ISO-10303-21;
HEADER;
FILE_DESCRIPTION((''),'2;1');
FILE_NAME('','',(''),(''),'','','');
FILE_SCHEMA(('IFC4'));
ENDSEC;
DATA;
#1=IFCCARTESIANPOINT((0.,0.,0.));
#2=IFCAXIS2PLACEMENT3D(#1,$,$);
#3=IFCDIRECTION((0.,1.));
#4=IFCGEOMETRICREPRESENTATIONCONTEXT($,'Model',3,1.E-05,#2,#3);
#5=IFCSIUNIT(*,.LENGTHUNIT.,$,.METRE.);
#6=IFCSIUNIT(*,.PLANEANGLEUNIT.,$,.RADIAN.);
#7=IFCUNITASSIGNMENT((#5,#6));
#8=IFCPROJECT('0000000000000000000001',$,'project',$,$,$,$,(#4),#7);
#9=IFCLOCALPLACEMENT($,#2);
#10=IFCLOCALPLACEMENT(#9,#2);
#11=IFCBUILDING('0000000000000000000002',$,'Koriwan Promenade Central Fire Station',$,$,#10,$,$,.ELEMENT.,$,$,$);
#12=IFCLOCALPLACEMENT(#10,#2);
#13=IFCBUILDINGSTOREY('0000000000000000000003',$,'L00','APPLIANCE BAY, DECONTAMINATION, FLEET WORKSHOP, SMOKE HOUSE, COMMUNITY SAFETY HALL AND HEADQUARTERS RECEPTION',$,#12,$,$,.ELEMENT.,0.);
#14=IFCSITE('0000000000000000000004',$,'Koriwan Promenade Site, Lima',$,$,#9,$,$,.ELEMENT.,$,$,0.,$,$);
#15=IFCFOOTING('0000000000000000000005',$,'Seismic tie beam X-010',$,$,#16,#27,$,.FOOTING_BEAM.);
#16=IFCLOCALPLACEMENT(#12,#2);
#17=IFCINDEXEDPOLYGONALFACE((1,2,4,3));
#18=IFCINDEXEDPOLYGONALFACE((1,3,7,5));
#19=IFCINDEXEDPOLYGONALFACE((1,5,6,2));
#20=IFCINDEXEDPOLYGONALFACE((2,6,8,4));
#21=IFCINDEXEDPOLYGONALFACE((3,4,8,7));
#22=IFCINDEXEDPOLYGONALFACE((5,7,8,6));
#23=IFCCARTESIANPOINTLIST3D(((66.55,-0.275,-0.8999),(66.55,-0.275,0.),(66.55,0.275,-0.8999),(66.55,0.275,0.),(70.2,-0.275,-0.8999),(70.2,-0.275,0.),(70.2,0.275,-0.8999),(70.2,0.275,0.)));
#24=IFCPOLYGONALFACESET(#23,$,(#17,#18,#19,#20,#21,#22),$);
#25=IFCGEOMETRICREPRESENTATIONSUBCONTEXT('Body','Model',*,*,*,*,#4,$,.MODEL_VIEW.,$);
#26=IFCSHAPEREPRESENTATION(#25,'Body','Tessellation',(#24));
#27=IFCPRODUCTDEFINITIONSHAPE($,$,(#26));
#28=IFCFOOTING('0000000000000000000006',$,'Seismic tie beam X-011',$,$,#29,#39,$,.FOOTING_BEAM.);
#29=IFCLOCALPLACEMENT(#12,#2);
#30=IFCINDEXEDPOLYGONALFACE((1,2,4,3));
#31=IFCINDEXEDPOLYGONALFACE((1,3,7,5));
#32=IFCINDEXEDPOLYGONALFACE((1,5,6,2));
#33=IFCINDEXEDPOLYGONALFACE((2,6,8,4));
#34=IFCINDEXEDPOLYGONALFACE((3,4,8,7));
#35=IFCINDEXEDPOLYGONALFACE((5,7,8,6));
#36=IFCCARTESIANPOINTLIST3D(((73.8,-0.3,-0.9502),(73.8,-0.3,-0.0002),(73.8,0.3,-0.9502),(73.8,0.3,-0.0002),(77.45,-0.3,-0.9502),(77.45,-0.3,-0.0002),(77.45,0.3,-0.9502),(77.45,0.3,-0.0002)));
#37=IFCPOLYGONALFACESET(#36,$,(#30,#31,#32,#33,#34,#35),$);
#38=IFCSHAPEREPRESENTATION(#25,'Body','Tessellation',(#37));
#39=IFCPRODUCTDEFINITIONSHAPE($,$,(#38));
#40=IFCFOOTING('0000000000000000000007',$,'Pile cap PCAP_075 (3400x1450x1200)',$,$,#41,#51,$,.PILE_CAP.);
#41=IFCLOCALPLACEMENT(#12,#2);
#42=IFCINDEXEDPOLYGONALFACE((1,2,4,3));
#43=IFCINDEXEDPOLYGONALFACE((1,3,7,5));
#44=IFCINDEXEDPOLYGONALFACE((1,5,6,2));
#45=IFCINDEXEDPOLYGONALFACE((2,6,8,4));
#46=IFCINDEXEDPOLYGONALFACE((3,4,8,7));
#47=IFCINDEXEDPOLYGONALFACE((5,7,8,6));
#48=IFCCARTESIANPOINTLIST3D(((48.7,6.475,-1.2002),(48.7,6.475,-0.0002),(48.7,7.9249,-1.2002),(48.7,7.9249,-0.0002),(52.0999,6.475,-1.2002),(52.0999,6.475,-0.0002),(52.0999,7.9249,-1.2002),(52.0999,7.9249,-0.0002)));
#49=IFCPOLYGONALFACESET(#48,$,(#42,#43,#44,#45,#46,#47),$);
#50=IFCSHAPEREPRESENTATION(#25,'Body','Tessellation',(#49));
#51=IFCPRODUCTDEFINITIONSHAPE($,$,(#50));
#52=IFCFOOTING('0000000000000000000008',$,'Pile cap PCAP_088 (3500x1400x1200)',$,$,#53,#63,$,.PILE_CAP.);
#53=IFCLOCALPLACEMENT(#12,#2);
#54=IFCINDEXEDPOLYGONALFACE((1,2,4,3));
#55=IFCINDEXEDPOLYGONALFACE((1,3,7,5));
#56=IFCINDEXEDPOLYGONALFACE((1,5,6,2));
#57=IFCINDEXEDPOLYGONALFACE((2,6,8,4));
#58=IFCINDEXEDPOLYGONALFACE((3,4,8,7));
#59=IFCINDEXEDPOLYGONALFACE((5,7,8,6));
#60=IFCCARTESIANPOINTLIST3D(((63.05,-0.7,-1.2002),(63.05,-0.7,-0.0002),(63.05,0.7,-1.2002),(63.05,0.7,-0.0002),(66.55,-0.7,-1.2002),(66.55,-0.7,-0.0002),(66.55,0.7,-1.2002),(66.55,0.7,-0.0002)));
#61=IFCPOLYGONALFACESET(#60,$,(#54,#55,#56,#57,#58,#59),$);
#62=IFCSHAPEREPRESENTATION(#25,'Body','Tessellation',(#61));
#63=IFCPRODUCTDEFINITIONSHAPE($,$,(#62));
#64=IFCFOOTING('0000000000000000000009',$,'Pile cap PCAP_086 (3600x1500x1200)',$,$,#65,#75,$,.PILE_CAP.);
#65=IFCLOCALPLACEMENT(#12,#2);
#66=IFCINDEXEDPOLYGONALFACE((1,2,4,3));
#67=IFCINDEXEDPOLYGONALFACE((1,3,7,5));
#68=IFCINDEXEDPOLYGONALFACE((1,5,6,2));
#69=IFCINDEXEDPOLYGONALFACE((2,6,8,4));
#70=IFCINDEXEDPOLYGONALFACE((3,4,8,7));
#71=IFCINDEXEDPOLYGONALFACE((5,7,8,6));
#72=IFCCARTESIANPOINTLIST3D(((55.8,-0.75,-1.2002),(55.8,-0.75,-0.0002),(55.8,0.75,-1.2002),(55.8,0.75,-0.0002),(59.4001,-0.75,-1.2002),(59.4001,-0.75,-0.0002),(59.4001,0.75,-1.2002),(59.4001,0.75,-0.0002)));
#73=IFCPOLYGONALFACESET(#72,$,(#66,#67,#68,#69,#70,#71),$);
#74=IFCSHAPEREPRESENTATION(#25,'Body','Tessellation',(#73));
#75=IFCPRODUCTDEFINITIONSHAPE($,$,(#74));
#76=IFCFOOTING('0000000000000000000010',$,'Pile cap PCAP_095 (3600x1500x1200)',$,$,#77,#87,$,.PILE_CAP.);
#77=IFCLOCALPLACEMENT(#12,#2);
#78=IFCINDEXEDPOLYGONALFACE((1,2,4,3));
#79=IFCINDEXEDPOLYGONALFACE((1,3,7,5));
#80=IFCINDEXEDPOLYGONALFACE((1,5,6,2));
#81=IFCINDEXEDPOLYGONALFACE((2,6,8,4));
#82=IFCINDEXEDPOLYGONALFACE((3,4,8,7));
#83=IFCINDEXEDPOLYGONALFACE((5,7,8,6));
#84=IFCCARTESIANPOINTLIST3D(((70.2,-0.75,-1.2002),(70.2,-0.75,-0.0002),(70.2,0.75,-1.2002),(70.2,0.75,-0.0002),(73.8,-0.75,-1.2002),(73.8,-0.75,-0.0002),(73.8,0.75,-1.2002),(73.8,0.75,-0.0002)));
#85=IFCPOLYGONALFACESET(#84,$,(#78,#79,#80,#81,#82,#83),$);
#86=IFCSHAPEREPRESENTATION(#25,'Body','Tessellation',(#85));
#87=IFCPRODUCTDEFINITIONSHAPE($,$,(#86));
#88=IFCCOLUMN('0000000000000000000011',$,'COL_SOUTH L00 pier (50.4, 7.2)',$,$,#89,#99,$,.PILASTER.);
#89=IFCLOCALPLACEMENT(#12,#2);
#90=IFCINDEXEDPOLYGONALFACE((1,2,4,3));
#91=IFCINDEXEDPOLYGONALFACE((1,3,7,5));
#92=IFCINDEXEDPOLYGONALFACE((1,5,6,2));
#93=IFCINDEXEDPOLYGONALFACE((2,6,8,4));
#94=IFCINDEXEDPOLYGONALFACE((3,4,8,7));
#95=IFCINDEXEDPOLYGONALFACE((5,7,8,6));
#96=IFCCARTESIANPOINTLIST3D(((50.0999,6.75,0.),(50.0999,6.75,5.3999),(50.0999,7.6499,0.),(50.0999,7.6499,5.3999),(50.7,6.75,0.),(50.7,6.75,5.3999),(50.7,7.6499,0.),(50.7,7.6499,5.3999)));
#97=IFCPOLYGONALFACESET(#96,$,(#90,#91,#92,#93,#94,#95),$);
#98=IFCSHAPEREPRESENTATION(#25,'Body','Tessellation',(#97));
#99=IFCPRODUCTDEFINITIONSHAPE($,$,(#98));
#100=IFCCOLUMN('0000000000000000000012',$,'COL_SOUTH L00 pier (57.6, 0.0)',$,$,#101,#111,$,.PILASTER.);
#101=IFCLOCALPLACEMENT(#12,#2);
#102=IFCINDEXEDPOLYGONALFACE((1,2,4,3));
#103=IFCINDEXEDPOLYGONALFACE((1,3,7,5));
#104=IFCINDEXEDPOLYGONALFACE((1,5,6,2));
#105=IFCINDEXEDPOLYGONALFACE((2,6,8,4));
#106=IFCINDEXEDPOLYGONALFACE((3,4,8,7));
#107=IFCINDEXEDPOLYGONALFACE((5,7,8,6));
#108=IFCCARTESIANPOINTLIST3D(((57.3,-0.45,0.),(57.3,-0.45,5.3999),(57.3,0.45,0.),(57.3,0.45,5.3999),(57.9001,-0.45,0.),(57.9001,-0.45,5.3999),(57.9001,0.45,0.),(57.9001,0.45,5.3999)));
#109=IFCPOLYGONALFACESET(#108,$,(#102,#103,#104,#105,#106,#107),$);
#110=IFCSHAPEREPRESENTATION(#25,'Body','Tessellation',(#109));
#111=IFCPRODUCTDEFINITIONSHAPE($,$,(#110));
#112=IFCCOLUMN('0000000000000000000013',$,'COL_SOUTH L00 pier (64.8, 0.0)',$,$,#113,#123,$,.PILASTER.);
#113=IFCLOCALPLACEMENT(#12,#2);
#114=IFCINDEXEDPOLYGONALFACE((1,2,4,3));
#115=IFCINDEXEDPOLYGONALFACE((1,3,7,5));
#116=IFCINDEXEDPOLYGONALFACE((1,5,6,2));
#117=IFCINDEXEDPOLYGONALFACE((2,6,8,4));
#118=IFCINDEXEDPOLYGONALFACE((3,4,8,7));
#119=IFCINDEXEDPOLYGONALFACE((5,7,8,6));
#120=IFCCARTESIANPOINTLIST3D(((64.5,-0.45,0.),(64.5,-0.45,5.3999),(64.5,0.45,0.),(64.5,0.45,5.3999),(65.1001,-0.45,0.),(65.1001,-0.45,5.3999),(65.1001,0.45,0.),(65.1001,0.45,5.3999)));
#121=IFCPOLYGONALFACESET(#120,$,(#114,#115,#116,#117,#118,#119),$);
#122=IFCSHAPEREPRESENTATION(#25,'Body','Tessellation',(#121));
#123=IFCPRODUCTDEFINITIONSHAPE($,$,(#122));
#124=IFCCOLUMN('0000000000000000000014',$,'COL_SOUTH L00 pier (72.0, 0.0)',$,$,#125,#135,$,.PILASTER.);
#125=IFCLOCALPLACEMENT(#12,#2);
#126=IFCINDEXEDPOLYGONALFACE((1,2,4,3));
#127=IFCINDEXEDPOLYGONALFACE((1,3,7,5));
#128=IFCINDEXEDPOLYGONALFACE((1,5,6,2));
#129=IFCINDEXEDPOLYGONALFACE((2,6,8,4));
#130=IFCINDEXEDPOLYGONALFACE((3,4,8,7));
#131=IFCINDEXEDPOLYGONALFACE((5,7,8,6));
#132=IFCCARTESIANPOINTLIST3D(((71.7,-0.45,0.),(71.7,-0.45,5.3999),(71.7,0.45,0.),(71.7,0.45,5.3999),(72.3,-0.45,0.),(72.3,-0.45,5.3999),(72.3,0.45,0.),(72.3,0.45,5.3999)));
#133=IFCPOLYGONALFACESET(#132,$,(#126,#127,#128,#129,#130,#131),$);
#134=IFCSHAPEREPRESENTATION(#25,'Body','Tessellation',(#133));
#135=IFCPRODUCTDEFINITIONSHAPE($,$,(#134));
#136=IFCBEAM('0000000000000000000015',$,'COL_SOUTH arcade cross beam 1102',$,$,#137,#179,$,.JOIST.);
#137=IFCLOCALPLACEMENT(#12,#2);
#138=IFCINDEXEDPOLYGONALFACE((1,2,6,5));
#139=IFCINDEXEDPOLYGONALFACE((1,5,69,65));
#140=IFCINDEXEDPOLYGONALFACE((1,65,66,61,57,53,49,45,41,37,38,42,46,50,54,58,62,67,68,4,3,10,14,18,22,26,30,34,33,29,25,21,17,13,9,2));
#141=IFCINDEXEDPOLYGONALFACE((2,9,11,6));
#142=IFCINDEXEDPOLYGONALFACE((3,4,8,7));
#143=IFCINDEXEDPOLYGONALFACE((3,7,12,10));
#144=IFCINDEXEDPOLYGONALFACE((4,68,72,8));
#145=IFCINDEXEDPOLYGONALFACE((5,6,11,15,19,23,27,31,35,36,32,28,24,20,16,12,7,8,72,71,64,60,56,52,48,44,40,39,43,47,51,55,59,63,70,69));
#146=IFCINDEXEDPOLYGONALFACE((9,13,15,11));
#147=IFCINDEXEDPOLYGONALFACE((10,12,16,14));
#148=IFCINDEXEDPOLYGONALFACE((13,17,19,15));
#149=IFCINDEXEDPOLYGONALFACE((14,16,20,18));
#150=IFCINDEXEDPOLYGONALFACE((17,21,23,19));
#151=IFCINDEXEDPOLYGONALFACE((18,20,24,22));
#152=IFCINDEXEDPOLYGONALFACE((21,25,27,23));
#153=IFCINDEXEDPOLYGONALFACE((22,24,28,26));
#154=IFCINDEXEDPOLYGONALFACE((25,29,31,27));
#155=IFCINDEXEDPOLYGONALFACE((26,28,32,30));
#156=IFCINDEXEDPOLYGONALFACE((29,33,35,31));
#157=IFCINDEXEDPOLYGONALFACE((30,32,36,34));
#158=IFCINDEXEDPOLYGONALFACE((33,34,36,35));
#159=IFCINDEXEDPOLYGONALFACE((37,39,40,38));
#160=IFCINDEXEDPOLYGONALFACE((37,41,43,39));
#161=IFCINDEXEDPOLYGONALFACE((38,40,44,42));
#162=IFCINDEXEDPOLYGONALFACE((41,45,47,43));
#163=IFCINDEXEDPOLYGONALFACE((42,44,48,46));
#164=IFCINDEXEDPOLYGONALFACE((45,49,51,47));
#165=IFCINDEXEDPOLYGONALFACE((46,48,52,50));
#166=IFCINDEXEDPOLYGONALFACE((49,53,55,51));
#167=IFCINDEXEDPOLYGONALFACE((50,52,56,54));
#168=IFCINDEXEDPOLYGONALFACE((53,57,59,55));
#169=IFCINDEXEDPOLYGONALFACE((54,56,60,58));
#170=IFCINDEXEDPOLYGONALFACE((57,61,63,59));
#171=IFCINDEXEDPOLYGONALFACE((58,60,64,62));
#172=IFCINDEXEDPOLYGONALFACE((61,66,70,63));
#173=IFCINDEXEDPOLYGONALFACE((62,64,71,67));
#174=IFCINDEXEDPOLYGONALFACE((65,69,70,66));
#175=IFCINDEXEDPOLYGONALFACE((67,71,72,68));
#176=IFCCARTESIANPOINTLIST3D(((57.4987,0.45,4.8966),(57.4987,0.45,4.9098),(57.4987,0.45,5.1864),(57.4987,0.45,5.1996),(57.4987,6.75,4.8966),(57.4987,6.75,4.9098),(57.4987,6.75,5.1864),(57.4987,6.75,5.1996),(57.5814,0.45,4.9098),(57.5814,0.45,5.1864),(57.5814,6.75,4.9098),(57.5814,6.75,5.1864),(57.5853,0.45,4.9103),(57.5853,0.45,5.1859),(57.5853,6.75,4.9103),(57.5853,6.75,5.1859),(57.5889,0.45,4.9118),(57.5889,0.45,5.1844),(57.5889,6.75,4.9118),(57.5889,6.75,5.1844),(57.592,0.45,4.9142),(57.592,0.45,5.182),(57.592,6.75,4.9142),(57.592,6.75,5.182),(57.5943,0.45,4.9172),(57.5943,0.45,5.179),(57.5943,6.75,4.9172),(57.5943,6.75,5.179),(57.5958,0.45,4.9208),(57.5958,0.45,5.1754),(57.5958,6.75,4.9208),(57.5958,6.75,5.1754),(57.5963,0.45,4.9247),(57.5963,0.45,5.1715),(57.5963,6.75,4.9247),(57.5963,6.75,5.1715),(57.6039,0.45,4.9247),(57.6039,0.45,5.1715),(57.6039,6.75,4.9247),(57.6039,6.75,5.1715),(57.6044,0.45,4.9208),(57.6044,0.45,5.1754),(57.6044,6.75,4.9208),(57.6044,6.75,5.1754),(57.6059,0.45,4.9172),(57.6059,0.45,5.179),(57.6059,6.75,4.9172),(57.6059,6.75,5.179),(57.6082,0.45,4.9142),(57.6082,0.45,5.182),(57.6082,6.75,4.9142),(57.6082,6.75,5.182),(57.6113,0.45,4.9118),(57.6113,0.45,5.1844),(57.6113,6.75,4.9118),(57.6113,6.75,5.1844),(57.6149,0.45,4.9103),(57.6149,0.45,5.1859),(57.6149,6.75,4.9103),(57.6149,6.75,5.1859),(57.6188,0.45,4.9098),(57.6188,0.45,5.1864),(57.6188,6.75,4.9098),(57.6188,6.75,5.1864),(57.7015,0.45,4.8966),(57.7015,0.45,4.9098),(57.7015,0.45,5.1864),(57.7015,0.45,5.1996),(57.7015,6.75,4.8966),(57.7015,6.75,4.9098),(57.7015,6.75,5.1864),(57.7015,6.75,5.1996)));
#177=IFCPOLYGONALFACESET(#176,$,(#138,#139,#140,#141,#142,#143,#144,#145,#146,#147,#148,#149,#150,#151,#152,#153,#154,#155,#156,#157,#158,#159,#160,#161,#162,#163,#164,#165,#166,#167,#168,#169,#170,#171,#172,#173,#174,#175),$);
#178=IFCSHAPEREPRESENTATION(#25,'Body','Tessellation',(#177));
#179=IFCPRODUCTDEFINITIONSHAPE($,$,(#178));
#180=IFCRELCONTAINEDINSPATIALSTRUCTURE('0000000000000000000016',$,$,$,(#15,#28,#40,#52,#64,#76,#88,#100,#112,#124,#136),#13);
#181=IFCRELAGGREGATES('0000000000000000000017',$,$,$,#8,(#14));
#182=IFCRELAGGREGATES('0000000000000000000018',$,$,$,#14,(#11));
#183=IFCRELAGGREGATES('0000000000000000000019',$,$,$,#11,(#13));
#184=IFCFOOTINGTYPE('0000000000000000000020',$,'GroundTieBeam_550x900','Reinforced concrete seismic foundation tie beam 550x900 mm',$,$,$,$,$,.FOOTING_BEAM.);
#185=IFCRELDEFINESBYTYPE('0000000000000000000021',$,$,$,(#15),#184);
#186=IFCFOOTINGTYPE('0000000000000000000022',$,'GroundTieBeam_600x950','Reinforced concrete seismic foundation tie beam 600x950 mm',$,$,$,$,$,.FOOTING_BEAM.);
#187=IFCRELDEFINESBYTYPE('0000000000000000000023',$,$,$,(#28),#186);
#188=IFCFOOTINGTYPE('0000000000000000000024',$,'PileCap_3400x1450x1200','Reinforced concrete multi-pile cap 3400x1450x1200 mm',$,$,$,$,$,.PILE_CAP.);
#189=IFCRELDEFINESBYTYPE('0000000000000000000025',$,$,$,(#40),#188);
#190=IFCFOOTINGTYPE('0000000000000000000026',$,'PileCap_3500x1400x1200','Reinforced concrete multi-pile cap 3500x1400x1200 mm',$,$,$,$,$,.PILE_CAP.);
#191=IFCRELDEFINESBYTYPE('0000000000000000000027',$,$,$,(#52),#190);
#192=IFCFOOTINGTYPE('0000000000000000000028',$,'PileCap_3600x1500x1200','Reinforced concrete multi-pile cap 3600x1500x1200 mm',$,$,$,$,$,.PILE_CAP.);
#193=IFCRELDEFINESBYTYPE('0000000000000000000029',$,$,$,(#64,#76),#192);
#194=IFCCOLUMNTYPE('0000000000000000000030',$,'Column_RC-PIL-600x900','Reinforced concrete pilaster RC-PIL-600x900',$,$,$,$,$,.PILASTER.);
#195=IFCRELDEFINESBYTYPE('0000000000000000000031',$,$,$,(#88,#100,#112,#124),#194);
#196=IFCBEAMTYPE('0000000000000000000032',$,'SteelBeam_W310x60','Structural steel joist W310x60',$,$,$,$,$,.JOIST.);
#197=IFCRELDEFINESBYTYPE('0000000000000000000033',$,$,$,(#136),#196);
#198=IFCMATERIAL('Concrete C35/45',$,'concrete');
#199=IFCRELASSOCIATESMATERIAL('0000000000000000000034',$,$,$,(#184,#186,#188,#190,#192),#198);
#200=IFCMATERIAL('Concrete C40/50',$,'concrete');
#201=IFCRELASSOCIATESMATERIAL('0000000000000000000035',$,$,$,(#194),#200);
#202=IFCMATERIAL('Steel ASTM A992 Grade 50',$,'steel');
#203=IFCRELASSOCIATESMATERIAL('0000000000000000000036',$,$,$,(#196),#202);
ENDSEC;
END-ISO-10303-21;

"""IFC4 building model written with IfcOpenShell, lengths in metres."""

from ifc_helpers import new_model, si_unit, direction, frame, origin, origin_2d, place, context, subcontext, project, spatial, rectangle, i_section, extrude, material, material_profile, profile_set, type_object, element, save


model = new_model("IFC4")

# Units and contexts
model_context = context("Model", 3, precision=1e-05, world=origin(), true_north=direction((0.0, 1.0)))
body_context = subcontext(model_context, "Body", "Model", "MODEL_VIEW")
ifc_project = project(units=[si_unit("LENGTHUNIT", "METRE"), si_unit("PLANEANGLEUNIT", "RADIAN")], contexts=[model_context])

# Site, building, storey
site_placement = place(None, origin())
site = spatial("IfcSite", under=ifc_project, at=site_placement, Name="Koriwan Promenade Site, Lima", CompositionType="ELEMENT", RefElevation=0.0)
building_placement = place(site_placement, origin())
building = spatial("IfcBuilding", under=site, at=building_placement, Name="Koriwan Promenade Central Fire Station", CompositionType="ELEMENT")
storey_placement = place(building_placement, origin())
storey = spatial("IfcBuildingStorey", under=building, at=storey_placement, Name="L00", Description="APPLIANCE BAY, DECONTAMINATION, FLEET WORKSHOP, SMOKE HOUSE, COMMUNITY SAFETY HALL AND HEADQUARTERS RECEPTION", CompositionType="ELEMENT", Elevation=0.0)

# Shared definitions
ifc_material_1 = material(Name="Concrete C35/45", Category="concrete")

# Footings
footing_type_1 = type_object("IfcFootingType", Name="GroundTieBeam_550x900", Description="Reinforced concrete seismic foundation tie beam 550x900 mm", PredefinedType="FOOTING_BEAM", material=ifc_material_1)
footing_1_placement = place(storey_placement, frame((68.375, 0.0, -0.8999), z_axis=(0.0, 0.0, 1.0), x_axis=(1.0, 0.0, 0.0)))
element("IfcFooting", 1, at=footing_1_placement, inside=storey, type_object=footing_type_1, Name="Seismic tie beam X-010", PredefinedType="FOOTING_BEAM", context=body_context, shape_type="SweptSolid", body=[
    extrude(rectangle(XDim=3.6499, YDim=0.55, at=origin_2d()), origin(), (0.0, 0.0, 1.0), 0.8999),
])
footing_type_2 = type_object("IfcFootingType", Name="GroundTieBeam_600x950", Description="Reinforced concrete seismic foundation tie beam 600x950 mm", PredefinedType="FOOTING_BEAM", material=ifc_material_1)
footing_2_placement = place(storey_placement, frame((75.625, 0.0, -0.9502), z_axis=(0.0, 0.0, 1.0), x_axis=(1.0, 0.0, 0.0)))
element("IfcFooting", 2, at=footing_2_placement, inside=storey, type_object=footing_type_2, Name="Seismic tie beam X-011", PredefinedType="FOOTING_BEAM", context=body_context, shape_type="SweptSolid", body=[
    extrude(rectangle(XDim=3.6499, YDim=0.6001, at=origin_2d()), origin(), (0.0, 0.0, 1.0), 0.95),
])
footing_type_3 = type_object("IfcFootingType", Name="PileCap_3400x1450x1200", Description="Reinforced concrete multi-pile cap 3400x1450x1200 mm", PredefinedType="PILE_CAP", material=ifc_material_1)
footing_3_placement = place(storey_placement, frame((50.3999, 7.2, -1.2002), z_axis=(0.0, 0.0, 1.0), x_axis=(1.0, 0.0, 0.0)))
element("IfcFooting", 3, at=footing_3_placement, inside=storey, type_object=footing_type_3, Name="Pile cap PCAP_075 (3400x1450x1200)", PredefinedType="PILE_CAP", context=body_context, shape_type="SweptSolid", body=[
    extrude(rectangle(XDim=3.3999, YDim=1.45, at=origin_2d()), origin(), (0.0, 0.0, 1.0), 1.2),
])
footing_type_4 = type_object("IfcFootingType", Name="PileCap_3500x1400x1200", Description="Reinforced concrete multi-pile cap 3500x1400x1200 mm", PredefinedType="PILE_CAP", material=ifc_material_1)
footing_4_placement = place(storey_placement, frame((64.8, 0.0, -1.2002), z_axis=(0.0, 0.0, 1.0), x_axis=(1.0, 0.0, 0.0)))
element("IfcFooting", 4, at=footing_4_placement, inside=storey, type_object=footing_type_4, Name="Pile cap PCAP_088 (3500x1400x1200)", PredefinedType="PILE_CAP", context=body_context, shape_type="SweptSolid", body=[
    extrude(rectangle(XDim=3.5, YDim=1.3999, at=origin_2d()), origin(), (0.0, 0.0, 1.0), 1.2),
])
footing_type_5 = type_object("IfcFootingType", Name="PileCap_3600x1500x1200", Description="Reinforced concrete multi-pile cap 3600x1500x1200 mm", PredefinedType="PILE_CAP", material=ifc_material_1)
for number, where, z_axis, x_axis, name in (
    (5, (57.6001, 0.0, -1.2002), (0.0, 0.0, 1.0), (1.0, 0.0, 0.0), "Pile cap PCAP_086 (3600x1500x1200)"),
    (6, (72.0, 0.0, -1.2002), (0.0, 0.0, 1.0), (1.0, 0.0, 0.0), "Pile cap PCAP_095 (3600x1500x1200)"),
):
    element("IfcFooting", number, at=place(storey_placement, frame(where, z_axis=z_axis, x_axis=x_axis)), inside=storey, type_object=footing_type_5, Name=name, PredefinedType="PILE_CAP", context=body_context, shape_type="SweptSolid", body=[
        extrude(rectangle(XDim=3.6001, YDim=1.5, at=origin_2d()), origin(), (0.0, 0.0, 1.0), 1.2),
    ])

# Columns
ifc_material_2 = material(Name="Concrete C40/50", Category="concrete")
ifc_material_profile_1 = material_profile(ifc_material_2, rectangle(XDim=0.6001, YDim=0.8999, at=origin_2d()), Name="RC-PIL-600x900")
ifc_profile_set_1 = profile_set([ifc_material_profile_1], Name="Concrete C40/50")
column_type = type_object("IfcColumnType", Name="Column_RC-PIL-600x900", Description="Reinforced concrete pilaster RC-PIL-600x900", PredefinedType="PILASTER", material=ifc_profile_set_1)
for number, where, z_axis, x_axis, name in (
    (7, (50.3999, 7.2, 0.0), (0.0, 0.0, 1.0), (1.0, 0.0, 0.0), "COL_SOUTH L00 pier (50.4, 7.2)"),
    (8, (57.6001, 0.0, 0.0), (0.0, 0.0, 1.0), (1.0, 0.0, 0.0), "COL_SOUTH L00 pier (57.6, 0.0)"),
    (9, (64.8, 0.0, 0.0), (0.0, 0.0, 1.0), (1.0, 0.0, 0.0), "COL_SOUTH L00 pier (64.8, 0.0)"),
    (10, (72.0, 0.0, 0.0), (0.0, 0.0, 1.0), (1.0, 0.0, 0.0), "COL_SOUTH L00 pier (72.0, 0.0)"),
):
    element("IfcColumn", number, at=place(storey_placement, frame(where, z_axis=z_axis, x_axis=x_axis)), inside=storey, type_object=column_type, Name=name, PredefinedType="PILASTER", context=body_context, shape_type="SweptSolid", body=[
        extrude(rectangle(XDim=0.6001, YDim=0.8999, at=origin_2d()), origin(), (0.0, 0.0, 1.0), 5.3999),
    ])

# Beam
ifc_material_3 = material(Name="Steel ASTM A992 Grade 50", Category="steel")
ifc_material_profile_2 = material_profile(ifc_material_3, i_section(OverallWidth=0.2029, OverallDepth=0.303, WebThickness=0.0076, FlangeThickness=0.0132, FilletRadius=0.0149, at=origin_2d()), Name="W310x60")
ifc_profile_set_2 = profile_set([ifc_material_profile_2], Name="Steel ASTM A992 Grade 50")
beam_type_1 = type_object("IfcBeamType", Name="SteelBeam_W310x60", Description="Structural steel joist W310x60", PredefinedType="JOIST", material=ifc_profile_set_2)
for number, where, z_axis, x_axis, name in (
    (11, (57.6001, 0.45, 5.0481), (0.0, 1.0, 0.0), (-1.0, 0.0, 0.0), "COL_SOUTH arcade cross beam 1102"),
):
    element("IfcBeam", number, at=place(storey_placement, frame(where, z_axis=z_axis, x_axis=x_axis)), inside=storey, type_object=beam_type_1, Name=name, PredefinedType="JOIST", context=body_context, shape_type="SweptSolid", body=[
        extrude(i_section(OverallWidth=0.2029, OverallDepth=0.303, WebThickness=0.0076, FlangeThickness=0.0132, FilletRadius=0.0149, at=origin_2d()), origin(), (0.0, 0.0, 1.0), 6.3),
    ])

save(model, "model.ifc")
